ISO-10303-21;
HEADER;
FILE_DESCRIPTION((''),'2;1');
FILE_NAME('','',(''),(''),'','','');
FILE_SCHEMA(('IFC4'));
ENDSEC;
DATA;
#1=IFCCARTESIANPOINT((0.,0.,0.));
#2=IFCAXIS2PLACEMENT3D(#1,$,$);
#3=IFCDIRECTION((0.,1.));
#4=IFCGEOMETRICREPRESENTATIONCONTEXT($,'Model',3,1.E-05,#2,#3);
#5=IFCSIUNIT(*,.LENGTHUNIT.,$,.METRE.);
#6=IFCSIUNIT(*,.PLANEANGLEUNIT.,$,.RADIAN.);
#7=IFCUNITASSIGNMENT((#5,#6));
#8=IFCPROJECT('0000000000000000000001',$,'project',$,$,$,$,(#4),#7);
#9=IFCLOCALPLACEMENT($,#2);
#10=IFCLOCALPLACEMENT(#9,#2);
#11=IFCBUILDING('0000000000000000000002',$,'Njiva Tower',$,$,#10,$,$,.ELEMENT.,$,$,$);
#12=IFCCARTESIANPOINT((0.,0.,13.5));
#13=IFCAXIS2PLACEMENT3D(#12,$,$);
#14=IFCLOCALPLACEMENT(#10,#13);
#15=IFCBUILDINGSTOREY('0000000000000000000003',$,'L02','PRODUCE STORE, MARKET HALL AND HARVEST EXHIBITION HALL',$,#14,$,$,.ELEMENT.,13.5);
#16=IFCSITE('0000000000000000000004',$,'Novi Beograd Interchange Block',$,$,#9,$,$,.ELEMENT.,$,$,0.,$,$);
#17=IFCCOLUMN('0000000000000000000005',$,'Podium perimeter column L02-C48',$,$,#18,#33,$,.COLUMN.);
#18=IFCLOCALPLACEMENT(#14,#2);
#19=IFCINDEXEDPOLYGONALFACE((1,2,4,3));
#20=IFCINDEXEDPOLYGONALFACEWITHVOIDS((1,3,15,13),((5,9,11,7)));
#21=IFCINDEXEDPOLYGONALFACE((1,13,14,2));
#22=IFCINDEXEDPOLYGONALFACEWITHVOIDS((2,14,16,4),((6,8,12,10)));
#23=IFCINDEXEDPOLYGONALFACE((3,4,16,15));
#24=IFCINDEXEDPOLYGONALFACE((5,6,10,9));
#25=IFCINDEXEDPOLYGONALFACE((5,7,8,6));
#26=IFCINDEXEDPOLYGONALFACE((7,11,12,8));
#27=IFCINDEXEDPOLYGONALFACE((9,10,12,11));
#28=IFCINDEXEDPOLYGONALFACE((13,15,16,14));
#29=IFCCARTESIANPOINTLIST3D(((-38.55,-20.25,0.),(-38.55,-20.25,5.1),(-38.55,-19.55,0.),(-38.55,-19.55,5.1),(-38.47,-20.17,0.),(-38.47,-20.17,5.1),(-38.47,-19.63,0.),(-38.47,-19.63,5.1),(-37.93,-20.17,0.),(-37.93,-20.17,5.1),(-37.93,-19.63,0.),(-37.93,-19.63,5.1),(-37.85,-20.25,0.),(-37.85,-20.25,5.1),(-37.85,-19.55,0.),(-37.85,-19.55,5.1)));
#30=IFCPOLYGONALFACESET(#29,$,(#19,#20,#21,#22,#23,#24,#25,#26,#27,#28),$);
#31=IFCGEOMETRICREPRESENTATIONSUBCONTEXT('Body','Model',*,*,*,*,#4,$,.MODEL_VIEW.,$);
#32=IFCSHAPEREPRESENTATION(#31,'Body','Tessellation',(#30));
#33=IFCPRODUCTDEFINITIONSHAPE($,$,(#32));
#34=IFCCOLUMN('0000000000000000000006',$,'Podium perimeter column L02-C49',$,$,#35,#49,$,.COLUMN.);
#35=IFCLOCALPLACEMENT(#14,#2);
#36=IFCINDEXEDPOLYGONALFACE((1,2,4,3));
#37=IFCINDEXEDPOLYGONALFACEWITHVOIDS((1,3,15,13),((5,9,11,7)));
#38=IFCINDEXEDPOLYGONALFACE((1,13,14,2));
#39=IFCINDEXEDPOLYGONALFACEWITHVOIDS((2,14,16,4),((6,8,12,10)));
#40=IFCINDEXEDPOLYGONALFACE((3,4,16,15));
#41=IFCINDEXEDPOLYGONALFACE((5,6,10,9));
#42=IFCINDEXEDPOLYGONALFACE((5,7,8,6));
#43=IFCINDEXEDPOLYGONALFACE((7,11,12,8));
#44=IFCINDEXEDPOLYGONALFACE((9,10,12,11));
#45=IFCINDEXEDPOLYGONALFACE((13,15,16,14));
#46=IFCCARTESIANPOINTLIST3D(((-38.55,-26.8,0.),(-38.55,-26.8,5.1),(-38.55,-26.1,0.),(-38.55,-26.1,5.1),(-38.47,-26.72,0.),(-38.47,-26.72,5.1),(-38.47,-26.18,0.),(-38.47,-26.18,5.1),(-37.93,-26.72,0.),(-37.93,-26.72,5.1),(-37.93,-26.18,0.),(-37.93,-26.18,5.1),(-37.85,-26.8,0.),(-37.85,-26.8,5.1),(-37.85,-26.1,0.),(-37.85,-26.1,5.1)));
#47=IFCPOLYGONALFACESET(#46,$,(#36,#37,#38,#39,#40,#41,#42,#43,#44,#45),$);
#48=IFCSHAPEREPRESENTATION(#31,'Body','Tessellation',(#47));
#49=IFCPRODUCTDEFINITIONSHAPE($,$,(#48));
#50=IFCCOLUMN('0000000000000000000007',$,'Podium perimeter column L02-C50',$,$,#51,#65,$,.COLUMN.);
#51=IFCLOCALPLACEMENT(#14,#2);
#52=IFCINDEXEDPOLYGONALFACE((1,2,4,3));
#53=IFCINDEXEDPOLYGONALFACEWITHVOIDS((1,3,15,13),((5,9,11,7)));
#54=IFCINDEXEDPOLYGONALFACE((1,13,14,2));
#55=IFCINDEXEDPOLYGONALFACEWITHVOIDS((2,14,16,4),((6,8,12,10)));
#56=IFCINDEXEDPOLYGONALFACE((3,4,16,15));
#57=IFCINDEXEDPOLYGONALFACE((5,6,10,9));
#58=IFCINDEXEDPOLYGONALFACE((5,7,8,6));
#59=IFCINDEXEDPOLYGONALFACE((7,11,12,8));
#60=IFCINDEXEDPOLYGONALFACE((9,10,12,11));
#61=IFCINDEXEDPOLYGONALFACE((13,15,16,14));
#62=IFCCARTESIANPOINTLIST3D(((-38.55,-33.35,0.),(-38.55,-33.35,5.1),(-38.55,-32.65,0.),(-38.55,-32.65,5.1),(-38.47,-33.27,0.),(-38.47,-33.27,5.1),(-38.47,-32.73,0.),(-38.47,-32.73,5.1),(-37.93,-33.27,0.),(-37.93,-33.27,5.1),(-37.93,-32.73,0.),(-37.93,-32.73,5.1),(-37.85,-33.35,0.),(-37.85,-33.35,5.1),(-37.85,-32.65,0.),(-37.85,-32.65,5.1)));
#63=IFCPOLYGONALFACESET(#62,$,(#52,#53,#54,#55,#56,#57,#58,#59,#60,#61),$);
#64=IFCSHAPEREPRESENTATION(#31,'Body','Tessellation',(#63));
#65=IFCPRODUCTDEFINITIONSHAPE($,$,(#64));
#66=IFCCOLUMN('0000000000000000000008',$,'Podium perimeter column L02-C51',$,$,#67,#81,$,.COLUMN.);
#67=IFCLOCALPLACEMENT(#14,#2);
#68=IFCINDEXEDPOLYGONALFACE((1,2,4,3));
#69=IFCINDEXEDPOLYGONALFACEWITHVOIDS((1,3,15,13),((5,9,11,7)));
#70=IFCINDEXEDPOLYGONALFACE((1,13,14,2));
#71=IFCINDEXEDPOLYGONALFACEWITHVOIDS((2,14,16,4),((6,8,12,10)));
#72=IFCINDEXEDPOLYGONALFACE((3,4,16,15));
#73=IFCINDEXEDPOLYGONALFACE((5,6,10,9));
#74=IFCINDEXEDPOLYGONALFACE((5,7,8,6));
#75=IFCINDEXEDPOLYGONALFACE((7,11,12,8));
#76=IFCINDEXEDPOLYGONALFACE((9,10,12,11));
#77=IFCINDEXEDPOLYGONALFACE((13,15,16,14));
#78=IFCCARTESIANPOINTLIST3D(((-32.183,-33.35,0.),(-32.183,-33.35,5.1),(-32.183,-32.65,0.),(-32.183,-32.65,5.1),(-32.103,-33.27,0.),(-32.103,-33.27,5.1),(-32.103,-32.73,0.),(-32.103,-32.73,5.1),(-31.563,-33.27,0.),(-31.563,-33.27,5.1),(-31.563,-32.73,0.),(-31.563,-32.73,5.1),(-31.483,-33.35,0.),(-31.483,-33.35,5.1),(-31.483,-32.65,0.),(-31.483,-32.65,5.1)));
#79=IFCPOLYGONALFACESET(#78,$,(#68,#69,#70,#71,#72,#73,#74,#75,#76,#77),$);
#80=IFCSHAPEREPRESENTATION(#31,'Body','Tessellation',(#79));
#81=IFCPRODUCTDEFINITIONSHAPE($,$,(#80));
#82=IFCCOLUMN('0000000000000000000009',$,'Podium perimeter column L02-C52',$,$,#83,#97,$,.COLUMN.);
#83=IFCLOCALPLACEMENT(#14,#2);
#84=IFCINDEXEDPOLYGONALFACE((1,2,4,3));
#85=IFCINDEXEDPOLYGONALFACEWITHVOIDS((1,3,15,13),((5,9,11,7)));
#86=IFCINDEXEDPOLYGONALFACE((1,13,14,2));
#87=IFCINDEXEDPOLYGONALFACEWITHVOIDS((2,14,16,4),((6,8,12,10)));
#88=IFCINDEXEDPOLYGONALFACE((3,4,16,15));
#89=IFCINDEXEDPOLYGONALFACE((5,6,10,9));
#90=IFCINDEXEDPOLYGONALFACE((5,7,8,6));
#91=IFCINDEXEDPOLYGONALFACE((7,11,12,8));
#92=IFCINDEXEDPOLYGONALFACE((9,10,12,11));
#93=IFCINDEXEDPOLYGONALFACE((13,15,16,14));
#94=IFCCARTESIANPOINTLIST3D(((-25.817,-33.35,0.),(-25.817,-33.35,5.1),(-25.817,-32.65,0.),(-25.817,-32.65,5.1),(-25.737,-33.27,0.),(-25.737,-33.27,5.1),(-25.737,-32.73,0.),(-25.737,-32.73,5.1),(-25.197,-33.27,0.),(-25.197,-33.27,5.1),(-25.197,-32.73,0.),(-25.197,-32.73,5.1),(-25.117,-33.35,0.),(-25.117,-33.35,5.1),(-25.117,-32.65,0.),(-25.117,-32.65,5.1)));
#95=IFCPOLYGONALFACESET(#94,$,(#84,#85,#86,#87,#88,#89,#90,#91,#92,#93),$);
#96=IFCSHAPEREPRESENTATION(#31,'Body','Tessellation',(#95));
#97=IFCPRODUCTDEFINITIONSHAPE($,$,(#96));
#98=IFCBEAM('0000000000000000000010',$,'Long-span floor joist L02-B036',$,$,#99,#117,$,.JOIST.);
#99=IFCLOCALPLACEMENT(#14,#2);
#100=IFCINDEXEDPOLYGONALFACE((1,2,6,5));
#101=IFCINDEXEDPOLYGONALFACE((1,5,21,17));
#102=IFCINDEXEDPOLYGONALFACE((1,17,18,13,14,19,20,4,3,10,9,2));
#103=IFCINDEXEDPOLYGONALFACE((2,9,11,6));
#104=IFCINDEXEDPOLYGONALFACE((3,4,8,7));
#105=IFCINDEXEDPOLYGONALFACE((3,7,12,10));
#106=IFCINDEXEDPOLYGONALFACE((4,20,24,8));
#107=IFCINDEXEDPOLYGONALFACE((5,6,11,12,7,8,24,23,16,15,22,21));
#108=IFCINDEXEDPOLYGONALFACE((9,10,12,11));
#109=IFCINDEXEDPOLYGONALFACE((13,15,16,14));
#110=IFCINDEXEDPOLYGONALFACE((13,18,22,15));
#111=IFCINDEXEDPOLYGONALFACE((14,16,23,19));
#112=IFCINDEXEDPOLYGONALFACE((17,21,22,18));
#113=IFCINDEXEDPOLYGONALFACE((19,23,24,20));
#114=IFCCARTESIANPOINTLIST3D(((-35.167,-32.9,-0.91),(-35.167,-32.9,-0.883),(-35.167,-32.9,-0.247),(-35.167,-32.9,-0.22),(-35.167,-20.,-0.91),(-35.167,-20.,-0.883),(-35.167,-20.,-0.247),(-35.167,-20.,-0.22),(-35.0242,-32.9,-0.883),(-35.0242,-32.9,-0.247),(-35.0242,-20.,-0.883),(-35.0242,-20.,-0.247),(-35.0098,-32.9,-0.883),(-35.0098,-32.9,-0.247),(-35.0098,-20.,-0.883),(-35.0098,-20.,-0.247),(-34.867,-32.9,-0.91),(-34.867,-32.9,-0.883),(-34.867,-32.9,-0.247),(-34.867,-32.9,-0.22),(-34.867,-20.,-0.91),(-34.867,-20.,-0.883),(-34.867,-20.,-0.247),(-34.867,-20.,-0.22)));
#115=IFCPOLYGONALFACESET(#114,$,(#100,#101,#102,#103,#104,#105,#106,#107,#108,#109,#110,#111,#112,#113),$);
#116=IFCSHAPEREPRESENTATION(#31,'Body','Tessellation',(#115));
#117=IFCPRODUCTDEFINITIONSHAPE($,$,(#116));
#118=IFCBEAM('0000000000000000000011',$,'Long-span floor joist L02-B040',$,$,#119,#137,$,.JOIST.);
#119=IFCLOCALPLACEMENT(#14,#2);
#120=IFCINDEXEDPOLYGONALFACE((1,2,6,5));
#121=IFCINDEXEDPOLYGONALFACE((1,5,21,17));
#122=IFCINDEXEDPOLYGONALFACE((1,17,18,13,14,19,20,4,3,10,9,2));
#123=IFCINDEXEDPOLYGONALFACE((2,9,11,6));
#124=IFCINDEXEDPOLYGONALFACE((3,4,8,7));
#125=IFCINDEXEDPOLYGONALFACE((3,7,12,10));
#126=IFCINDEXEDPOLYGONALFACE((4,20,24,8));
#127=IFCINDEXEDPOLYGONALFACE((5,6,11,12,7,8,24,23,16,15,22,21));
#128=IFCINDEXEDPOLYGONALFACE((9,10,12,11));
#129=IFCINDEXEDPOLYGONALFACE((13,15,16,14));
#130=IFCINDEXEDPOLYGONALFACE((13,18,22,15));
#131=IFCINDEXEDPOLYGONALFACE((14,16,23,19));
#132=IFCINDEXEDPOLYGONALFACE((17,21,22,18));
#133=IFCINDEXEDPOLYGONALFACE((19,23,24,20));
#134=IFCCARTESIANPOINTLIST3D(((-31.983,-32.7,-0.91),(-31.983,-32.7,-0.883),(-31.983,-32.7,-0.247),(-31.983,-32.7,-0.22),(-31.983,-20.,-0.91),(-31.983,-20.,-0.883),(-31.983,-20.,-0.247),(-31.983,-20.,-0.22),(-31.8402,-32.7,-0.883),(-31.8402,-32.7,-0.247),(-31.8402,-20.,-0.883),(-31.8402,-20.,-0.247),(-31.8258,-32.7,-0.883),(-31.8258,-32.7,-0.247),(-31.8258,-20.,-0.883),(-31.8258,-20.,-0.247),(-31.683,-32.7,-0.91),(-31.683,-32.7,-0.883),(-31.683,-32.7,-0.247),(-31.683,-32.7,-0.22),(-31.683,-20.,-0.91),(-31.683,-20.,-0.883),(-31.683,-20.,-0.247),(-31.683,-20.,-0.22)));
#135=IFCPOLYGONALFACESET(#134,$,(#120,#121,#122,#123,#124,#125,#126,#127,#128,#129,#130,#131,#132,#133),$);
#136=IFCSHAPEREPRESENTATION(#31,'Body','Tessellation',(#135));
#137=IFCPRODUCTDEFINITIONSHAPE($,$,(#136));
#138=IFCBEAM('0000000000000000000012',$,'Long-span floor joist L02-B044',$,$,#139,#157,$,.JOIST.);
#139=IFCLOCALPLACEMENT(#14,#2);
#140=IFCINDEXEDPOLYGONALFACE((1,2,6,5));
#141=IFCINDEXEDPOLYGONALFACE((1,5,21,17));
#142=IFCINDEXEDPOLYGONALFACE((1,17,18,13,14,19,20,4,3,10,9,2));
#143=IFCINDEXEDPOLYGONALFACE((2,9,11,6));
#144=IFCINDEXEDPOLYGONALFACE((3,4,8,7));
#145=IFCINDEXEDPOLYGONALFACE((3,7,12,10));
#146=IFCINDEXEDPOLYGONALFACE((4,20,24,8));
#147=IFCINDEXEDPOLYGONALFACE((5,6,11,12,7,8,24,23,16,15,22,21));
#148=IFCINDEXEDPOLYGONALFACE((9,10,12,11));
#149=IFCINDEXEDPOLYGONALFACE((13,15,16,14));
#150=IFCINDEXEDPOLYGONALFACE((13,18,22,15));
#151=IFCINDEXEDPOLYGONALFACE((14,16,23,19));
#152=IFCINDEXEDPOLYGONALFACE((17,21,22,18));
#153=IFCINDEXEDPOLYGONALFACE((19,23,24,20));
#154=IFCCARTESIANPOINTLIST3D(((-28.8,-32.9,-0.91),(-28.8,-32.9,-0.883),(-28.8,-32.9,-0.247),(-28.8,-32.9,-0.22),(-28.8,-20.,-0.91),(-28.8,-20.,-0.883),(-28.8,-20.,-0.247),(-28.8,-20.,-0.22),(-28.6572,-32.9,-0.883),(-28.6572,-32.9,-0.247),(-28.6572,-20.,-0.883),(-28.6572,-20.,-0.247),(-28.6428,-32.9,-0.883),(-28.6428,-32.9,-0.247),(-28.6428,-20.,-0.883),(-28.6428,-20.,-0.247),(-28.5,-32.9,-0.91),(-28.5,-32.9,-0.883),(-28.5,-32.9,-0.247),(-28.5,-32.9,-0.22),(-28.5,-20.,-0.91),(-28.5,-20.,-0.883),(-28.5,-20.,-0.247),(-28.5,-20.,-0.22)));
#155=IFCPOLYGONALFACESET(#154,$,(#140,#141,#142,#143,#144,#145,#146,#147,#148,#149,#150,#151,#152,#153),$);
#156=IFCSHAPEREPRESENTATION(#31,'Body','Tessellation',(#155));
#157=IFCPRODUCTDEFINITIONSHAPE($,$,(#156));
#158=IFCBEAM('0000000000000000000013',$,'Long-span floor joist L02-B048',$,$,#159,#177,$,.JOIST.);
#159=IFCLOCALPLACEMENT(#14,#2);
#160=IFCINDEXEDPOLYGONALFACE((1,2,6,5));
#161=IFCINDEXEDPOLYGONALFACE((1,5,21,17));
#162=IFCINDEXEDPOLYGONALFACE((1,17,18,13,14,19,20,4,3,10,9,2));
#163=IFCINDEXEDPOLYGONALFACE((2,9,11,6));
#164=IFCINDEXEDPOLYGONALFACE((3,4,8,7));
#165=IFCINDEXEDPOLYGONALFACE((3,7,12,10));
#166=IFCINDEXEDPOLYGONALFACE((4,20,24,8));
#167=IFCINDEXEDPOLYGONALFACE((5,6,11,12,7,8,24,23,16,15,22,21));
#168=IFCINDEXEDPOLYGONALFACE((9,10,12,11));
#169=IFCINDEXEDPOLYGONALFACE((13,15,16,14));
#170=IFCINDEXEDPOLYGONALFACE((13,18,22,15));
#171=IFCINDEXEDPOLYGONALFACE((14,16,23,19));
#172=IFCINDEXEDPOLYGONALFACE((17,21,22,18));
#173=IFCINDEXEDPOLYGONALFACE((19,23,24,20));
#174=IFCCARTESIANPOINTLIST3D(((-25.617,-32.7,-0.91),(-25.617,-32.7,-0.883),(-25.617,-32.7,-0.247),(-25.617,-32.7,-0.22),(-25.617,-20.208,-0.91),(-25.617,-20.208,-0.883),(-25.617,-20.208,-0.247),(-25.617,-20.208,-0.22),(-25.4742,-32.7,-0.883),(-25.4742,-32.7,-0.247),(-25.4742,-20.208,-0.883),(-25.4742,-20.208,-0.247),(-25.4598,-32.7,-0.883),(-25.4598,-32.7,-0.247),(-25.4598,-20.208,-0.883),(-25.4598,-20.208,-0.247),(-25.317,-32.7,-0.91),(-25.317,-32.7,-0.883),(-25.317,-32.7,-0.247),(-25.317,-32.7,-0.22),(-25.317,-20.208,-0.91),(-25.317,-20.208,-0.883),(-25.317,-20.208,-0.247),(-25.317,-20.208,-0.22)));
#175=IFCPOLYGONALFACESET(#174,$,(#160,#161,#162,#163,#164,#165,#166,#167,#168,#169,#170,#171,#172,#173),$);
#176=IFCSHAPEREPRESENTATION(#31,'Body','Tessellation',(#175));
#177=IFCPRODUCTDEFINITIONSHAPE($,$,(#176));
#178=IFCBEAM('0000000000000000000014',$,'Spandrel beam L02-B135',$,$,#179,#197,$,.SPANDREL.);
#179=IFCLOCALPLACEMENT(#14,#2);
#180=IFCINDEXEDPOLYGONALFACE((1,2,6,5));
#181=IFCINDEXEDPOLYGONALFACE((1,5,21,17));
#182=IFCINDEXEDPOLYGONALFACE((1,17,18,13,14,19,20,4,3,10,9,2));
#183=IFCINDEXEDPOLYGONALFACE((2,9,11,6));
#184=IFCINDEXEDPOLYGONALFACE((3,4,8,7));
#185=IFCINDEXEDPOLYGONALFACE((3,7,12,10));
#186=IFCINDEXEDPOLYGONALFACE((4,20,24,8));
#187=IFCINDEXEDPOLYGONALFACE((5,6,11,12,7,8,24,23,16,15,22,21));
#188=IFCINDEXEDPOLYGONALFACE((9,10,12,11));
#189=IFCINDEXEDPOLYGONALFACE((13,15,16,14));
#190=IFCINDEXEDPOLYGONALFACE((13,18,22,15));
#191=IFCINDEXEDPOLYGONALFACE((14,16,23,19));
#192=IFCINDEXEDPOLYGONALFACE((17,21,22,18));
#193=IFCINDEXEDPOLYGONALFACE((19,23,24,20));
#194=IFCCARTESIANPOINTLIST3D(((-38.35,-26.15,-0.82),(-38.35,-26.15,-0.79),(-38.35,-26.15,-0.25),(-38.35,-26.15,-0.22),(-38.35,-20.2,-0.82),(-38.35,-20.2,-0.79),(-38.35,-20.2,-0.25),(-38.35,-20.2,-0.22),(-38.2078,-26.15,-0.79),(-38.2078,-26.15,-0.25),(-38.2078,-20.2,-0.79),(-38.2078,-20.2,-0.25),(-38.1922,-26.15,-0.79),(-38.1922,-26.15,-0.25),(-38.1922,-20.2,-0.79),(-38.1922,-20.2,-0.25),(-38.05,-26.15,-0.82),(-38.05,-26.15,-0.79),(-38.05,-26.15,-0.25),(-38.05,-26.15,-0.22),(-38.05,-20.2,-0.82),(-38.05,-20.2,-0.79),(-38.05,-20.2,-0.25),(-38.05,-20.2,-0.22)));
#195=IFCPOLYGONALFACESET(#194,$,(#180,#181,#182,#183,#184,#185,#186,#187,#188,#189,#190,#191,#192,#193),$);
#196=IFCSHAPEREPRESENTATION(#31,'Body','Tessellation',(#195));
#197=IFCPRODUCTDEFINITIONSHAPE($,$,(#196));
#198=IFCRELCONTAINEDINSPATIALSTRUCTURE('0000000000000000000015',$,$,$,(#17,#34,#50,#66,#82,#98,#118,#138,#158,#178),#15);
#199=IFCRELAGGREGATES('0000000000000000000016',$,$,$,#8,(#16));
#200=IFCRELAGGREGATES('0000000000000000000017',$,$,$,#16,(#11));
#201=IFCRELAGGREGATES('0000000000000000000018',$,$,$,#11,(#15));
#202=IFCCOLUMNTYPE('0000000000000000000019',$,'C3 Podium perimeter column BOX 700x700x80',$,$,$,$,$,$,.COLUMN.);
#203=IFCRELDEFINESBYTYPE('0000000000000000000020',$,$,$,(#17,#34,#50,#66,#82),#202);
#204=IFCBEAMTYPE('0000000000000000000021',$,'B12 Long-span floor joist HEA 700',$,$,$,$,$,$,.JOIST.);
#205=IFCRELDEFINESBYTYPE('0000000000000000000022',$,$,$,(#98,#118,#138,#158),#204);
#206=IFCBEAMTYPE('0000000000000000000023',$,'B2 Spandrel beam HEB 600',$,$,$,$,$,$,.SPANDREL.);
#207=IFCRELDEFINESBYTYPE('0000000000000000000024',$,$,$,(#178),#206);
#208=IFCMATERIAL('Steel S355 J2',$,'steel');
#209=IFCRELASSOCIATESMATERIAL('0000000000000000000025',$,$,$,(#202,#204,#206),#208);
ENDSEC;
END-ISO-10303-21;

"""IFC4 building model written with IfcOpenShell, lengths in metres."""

from ifc_helpers import new_model, si_unit, direction, frame, origin, origin_2d, place, context, subcontext, project, spatial, hollow_rectangle, i_section, extrude, material, material_profile, profile_set, type_object, element, save


model = new_model("IFC4")

# Units and contexts
model_context = context("Model", 3, precision=1e-05, world=origin(), true_north=direction((0.0, 1.0)))
body_context = subcontext(model_context, "Body", "Model", "MODEL_VIEW")
ifc_project = project(units=[si_unit("LENGTHUNIT", "METRE"), si_unit("PLANEANGLEUNIT", "RADIAN")], contexts=[model_context])

# Site, building, storey
site_placement = place(None, origin())
site = spatial("IfcSite", under=ifc_project, at=site_placement, Name="Novi Beograd Interchange Block", CompositionType="ELEMENT", RefElevation=0.0)
building_placement = place(site_placement, origin())
building = spatial("IfcBuilding", under=site, at=building_placement, Name="Njiva Tower", CompositionType="ELEMENT")
storey_placement = place(building_placement, frame((0.0, 0.0, 13.5)))
storey = spatial("IfcBuildingStorey", under=building, at=storey_placement, Name="L02", Description="PRODUCE STORE, MARKET HALL AND HARVEST EXHIBITION HALL", CompositionType="ELEMENT", Elevation=13.5)

# Columns
ifc_material_1 = material(Name="Steel S355 J2", Category="steel")
ifc_material_profile_1 = material_profile(ifc_material_1, hollow_rectangle(XDim=0.7, YDim=0.7, WallThickness=0.08, at=origin_2d()), Name="BOX 700x700x80")
ifc_profile_set_1 = profile_set([ifc_material_profile_1], Name="Steel S355 J2")
column_type = type_object("IfcColumnType", Name="C3 Podium perimeter column BOX 700x700x80", PredefinedType="COLUMN", material=ifc_profile_set_1)
for number, where, z_axis, x_axis, name in (
    (1, (-38.2, -19.9, 0.0), (0.0, 0.0, 1.0), (0.0, -1.0, 0.0), "Podium perimeter column L02-C48"),
    (2, (-38.2, -26.45, 0.0), (0.0, 0.0, 1.0), (0.0, -1.0, 0.0), "Podium perimeter column L02-C49"),
    (3, (-38.2, -33.0, 0.0), (0.0, 0.0, 1.0), (1.0, 0.0, 0.0), "Podium perimeter column L02-C50"),
    (4, (-31.833, -33.0, 0.0), (0.0, 0.0, 1.0), (1.0, 0.0, 0.0), "Podium perimeter column L02-C51"),
    (5, (-25.467, -33.0, 0.0), (0.0, 0.0, 1.0), (1.0, 0.0, 0.0), "Podium perimeter column L02-C52"),
):
    element("IfcColumn", number, at=place(storey_placement, frame(where, z_axis=z_axis, x_axis=x_axis)), inside=storey, type_object=column_type, Name=name, PredefinedType="COLUMN", context=body_context, shape_type="SweptSolid", body=[
        extrude(hollow_rectangle(XDim=0.7, YDim=0.7, WallThickness=0.08, at=origin_2d()), origin(), (0.0, 0.0, 1.0), 5.1),
    ])

# Beams
ifc_material_profile_2 = material_profile(ifc_material_1, i_section(OverallWidth=0.3, OverallDepth=0.69, WebThickness=0.0145, FlangeThickness=0.027, at=origin_2d()), Name="HEA 700")
ifc_profile_set_2 = profile_set([ifc_material_profile_2], Name="Steel S355 J2")
beam_type_1 = type_object("IfcBeamType", Name="B12 Long-span floor joist HEA 700", PredefinedType="JOIST", material=ifc_profile_set_2)
beam_1_placement = place(storey_placement, frame((-35.017, -20.0, -0.565), z_axis=(0.0, -1.0, 0.0), x_axis=(1.0, 0.0, 0.0)))
element("IfcBeam", 6, at=beam_1_placement, inside=storey, type_object=beam_type_1, Name="Long-span floor joist L02-B036", PredefinedType="JOIST", context=body_context, shape_type="SweptSolid", body=[
    extrude(i_section(OverallWidth=0.3, OverallDepth=0.69, WebThickness=0.0145, FlangeThickness=0.027, at=origin_2d()), origin(), (0.0, 0.0, 1.0), 12.9),
])
beam_2_placement = place(storey_placement, frame((-31.833, -20.0, -0.565), z_axis=(0.0, -1.0, 0.0), x_axis=(1.0, 0.0, 0.0)))
element("IfcBeam", 7, at=beam_2_placement, inside=storey, type_object=beam_type_1, Name="Long-span floor joist L02-B040", PredefinedType="JOIST", context=body_context, shape_type="SweptSolid", body=[
    extrude(i_section(OverallWidth=0.3, OverallDepth=0.69, WebThickness=0.0145, FlangeThickness=0.027, at=origin_2d()), origin(), (0.0, 0.0, 1.0), 12.7),
])
beam_3_placement = place(storey_placement, frame((-28.65, -20.0, -0.565), z_axis=(0.0, -1.0, 0.0), x_axis=(1.0, 0.0, 0.0)))
element("IfcBeam", 8, at=beam_3_placement, inside=storey, type_object=beam_type_1, Name="Long-span floor joist L02-B044", PredefinedType="JOIST", context=body_context, shape_type="SweptSolid", body=[
    extrude(i_section(OverallWidth=0.3, OverallDepth=0.69, WebThickness=0.0145, FlangeThickness=0.027, at=origin_2d()), origin(), (0.0, 0.0, 1.0), 12.9),
])
beam_4_placement = place(storey_placement, frame((-25.467, -20.208, -0.565), z_axis=(0.0, -1.0, 0.0), x_axis=(1.0, 0.0, 0.0)))
element("IfcBeam", 9, at=beam_4_placement, inside=storey, type_object=beam_type_1, Name="Long-span floor joist L02-B048", PredefinedType="JOIST", context=body_context, shape_type="SweptSolid", body=[
    extrude(i_section(OverallWidth=0.3, OverallDepth=0.69, WebThickness=0.0145, FlangeThickness=0.027, at=origin_2d()), origin(), (0.0, 0.0, 1.0), 12.492),
])
ifc_material_profile_3 = material_profile(ifc_material_1, i_section(OverallWidth=0.3, OverallDepth=0.6, WebThickness=0.0155, FlangeThickness=0.03, at=origin_2d()), Name="HEB 600")
ifc_profile_set_3 = profile_set([ifc_material_profile_3], Name="Steel S355 J2")
beam_type_2 = type_object("IfcBeamType", Name="B2 Spandrel beam HEB 600", PredefinedType="SPANDREL", material=ifc_profile_set_3)
for number, where, z_axis, x_axis, name in (
    (10, (-38.2, -20.2, -0.52), (0.0, -1.0, 0.0), (1.0, 0.0, 0.0), "Spandrel beam L02-B135"),
):
    element("IfcBeam", number, at=place(storey_placement, frame(where, z_axis=z_axis, x_axis=x_axis)), inside=storey, type_object=beam_type_2, Name=name, PredefinedType="SPANDREL", context=body_context, shape_type="SweptSolid", body=[
        extrude(i_section(OverallWidth=0.3, OverallDepth=0.6, WebThickness=0.0155, FlangeThickness=0.03, at=origin_2d()), origin(), (0.0, 0.0, 1.0), 5.95),
    ])

save(model, "model.ifc")
